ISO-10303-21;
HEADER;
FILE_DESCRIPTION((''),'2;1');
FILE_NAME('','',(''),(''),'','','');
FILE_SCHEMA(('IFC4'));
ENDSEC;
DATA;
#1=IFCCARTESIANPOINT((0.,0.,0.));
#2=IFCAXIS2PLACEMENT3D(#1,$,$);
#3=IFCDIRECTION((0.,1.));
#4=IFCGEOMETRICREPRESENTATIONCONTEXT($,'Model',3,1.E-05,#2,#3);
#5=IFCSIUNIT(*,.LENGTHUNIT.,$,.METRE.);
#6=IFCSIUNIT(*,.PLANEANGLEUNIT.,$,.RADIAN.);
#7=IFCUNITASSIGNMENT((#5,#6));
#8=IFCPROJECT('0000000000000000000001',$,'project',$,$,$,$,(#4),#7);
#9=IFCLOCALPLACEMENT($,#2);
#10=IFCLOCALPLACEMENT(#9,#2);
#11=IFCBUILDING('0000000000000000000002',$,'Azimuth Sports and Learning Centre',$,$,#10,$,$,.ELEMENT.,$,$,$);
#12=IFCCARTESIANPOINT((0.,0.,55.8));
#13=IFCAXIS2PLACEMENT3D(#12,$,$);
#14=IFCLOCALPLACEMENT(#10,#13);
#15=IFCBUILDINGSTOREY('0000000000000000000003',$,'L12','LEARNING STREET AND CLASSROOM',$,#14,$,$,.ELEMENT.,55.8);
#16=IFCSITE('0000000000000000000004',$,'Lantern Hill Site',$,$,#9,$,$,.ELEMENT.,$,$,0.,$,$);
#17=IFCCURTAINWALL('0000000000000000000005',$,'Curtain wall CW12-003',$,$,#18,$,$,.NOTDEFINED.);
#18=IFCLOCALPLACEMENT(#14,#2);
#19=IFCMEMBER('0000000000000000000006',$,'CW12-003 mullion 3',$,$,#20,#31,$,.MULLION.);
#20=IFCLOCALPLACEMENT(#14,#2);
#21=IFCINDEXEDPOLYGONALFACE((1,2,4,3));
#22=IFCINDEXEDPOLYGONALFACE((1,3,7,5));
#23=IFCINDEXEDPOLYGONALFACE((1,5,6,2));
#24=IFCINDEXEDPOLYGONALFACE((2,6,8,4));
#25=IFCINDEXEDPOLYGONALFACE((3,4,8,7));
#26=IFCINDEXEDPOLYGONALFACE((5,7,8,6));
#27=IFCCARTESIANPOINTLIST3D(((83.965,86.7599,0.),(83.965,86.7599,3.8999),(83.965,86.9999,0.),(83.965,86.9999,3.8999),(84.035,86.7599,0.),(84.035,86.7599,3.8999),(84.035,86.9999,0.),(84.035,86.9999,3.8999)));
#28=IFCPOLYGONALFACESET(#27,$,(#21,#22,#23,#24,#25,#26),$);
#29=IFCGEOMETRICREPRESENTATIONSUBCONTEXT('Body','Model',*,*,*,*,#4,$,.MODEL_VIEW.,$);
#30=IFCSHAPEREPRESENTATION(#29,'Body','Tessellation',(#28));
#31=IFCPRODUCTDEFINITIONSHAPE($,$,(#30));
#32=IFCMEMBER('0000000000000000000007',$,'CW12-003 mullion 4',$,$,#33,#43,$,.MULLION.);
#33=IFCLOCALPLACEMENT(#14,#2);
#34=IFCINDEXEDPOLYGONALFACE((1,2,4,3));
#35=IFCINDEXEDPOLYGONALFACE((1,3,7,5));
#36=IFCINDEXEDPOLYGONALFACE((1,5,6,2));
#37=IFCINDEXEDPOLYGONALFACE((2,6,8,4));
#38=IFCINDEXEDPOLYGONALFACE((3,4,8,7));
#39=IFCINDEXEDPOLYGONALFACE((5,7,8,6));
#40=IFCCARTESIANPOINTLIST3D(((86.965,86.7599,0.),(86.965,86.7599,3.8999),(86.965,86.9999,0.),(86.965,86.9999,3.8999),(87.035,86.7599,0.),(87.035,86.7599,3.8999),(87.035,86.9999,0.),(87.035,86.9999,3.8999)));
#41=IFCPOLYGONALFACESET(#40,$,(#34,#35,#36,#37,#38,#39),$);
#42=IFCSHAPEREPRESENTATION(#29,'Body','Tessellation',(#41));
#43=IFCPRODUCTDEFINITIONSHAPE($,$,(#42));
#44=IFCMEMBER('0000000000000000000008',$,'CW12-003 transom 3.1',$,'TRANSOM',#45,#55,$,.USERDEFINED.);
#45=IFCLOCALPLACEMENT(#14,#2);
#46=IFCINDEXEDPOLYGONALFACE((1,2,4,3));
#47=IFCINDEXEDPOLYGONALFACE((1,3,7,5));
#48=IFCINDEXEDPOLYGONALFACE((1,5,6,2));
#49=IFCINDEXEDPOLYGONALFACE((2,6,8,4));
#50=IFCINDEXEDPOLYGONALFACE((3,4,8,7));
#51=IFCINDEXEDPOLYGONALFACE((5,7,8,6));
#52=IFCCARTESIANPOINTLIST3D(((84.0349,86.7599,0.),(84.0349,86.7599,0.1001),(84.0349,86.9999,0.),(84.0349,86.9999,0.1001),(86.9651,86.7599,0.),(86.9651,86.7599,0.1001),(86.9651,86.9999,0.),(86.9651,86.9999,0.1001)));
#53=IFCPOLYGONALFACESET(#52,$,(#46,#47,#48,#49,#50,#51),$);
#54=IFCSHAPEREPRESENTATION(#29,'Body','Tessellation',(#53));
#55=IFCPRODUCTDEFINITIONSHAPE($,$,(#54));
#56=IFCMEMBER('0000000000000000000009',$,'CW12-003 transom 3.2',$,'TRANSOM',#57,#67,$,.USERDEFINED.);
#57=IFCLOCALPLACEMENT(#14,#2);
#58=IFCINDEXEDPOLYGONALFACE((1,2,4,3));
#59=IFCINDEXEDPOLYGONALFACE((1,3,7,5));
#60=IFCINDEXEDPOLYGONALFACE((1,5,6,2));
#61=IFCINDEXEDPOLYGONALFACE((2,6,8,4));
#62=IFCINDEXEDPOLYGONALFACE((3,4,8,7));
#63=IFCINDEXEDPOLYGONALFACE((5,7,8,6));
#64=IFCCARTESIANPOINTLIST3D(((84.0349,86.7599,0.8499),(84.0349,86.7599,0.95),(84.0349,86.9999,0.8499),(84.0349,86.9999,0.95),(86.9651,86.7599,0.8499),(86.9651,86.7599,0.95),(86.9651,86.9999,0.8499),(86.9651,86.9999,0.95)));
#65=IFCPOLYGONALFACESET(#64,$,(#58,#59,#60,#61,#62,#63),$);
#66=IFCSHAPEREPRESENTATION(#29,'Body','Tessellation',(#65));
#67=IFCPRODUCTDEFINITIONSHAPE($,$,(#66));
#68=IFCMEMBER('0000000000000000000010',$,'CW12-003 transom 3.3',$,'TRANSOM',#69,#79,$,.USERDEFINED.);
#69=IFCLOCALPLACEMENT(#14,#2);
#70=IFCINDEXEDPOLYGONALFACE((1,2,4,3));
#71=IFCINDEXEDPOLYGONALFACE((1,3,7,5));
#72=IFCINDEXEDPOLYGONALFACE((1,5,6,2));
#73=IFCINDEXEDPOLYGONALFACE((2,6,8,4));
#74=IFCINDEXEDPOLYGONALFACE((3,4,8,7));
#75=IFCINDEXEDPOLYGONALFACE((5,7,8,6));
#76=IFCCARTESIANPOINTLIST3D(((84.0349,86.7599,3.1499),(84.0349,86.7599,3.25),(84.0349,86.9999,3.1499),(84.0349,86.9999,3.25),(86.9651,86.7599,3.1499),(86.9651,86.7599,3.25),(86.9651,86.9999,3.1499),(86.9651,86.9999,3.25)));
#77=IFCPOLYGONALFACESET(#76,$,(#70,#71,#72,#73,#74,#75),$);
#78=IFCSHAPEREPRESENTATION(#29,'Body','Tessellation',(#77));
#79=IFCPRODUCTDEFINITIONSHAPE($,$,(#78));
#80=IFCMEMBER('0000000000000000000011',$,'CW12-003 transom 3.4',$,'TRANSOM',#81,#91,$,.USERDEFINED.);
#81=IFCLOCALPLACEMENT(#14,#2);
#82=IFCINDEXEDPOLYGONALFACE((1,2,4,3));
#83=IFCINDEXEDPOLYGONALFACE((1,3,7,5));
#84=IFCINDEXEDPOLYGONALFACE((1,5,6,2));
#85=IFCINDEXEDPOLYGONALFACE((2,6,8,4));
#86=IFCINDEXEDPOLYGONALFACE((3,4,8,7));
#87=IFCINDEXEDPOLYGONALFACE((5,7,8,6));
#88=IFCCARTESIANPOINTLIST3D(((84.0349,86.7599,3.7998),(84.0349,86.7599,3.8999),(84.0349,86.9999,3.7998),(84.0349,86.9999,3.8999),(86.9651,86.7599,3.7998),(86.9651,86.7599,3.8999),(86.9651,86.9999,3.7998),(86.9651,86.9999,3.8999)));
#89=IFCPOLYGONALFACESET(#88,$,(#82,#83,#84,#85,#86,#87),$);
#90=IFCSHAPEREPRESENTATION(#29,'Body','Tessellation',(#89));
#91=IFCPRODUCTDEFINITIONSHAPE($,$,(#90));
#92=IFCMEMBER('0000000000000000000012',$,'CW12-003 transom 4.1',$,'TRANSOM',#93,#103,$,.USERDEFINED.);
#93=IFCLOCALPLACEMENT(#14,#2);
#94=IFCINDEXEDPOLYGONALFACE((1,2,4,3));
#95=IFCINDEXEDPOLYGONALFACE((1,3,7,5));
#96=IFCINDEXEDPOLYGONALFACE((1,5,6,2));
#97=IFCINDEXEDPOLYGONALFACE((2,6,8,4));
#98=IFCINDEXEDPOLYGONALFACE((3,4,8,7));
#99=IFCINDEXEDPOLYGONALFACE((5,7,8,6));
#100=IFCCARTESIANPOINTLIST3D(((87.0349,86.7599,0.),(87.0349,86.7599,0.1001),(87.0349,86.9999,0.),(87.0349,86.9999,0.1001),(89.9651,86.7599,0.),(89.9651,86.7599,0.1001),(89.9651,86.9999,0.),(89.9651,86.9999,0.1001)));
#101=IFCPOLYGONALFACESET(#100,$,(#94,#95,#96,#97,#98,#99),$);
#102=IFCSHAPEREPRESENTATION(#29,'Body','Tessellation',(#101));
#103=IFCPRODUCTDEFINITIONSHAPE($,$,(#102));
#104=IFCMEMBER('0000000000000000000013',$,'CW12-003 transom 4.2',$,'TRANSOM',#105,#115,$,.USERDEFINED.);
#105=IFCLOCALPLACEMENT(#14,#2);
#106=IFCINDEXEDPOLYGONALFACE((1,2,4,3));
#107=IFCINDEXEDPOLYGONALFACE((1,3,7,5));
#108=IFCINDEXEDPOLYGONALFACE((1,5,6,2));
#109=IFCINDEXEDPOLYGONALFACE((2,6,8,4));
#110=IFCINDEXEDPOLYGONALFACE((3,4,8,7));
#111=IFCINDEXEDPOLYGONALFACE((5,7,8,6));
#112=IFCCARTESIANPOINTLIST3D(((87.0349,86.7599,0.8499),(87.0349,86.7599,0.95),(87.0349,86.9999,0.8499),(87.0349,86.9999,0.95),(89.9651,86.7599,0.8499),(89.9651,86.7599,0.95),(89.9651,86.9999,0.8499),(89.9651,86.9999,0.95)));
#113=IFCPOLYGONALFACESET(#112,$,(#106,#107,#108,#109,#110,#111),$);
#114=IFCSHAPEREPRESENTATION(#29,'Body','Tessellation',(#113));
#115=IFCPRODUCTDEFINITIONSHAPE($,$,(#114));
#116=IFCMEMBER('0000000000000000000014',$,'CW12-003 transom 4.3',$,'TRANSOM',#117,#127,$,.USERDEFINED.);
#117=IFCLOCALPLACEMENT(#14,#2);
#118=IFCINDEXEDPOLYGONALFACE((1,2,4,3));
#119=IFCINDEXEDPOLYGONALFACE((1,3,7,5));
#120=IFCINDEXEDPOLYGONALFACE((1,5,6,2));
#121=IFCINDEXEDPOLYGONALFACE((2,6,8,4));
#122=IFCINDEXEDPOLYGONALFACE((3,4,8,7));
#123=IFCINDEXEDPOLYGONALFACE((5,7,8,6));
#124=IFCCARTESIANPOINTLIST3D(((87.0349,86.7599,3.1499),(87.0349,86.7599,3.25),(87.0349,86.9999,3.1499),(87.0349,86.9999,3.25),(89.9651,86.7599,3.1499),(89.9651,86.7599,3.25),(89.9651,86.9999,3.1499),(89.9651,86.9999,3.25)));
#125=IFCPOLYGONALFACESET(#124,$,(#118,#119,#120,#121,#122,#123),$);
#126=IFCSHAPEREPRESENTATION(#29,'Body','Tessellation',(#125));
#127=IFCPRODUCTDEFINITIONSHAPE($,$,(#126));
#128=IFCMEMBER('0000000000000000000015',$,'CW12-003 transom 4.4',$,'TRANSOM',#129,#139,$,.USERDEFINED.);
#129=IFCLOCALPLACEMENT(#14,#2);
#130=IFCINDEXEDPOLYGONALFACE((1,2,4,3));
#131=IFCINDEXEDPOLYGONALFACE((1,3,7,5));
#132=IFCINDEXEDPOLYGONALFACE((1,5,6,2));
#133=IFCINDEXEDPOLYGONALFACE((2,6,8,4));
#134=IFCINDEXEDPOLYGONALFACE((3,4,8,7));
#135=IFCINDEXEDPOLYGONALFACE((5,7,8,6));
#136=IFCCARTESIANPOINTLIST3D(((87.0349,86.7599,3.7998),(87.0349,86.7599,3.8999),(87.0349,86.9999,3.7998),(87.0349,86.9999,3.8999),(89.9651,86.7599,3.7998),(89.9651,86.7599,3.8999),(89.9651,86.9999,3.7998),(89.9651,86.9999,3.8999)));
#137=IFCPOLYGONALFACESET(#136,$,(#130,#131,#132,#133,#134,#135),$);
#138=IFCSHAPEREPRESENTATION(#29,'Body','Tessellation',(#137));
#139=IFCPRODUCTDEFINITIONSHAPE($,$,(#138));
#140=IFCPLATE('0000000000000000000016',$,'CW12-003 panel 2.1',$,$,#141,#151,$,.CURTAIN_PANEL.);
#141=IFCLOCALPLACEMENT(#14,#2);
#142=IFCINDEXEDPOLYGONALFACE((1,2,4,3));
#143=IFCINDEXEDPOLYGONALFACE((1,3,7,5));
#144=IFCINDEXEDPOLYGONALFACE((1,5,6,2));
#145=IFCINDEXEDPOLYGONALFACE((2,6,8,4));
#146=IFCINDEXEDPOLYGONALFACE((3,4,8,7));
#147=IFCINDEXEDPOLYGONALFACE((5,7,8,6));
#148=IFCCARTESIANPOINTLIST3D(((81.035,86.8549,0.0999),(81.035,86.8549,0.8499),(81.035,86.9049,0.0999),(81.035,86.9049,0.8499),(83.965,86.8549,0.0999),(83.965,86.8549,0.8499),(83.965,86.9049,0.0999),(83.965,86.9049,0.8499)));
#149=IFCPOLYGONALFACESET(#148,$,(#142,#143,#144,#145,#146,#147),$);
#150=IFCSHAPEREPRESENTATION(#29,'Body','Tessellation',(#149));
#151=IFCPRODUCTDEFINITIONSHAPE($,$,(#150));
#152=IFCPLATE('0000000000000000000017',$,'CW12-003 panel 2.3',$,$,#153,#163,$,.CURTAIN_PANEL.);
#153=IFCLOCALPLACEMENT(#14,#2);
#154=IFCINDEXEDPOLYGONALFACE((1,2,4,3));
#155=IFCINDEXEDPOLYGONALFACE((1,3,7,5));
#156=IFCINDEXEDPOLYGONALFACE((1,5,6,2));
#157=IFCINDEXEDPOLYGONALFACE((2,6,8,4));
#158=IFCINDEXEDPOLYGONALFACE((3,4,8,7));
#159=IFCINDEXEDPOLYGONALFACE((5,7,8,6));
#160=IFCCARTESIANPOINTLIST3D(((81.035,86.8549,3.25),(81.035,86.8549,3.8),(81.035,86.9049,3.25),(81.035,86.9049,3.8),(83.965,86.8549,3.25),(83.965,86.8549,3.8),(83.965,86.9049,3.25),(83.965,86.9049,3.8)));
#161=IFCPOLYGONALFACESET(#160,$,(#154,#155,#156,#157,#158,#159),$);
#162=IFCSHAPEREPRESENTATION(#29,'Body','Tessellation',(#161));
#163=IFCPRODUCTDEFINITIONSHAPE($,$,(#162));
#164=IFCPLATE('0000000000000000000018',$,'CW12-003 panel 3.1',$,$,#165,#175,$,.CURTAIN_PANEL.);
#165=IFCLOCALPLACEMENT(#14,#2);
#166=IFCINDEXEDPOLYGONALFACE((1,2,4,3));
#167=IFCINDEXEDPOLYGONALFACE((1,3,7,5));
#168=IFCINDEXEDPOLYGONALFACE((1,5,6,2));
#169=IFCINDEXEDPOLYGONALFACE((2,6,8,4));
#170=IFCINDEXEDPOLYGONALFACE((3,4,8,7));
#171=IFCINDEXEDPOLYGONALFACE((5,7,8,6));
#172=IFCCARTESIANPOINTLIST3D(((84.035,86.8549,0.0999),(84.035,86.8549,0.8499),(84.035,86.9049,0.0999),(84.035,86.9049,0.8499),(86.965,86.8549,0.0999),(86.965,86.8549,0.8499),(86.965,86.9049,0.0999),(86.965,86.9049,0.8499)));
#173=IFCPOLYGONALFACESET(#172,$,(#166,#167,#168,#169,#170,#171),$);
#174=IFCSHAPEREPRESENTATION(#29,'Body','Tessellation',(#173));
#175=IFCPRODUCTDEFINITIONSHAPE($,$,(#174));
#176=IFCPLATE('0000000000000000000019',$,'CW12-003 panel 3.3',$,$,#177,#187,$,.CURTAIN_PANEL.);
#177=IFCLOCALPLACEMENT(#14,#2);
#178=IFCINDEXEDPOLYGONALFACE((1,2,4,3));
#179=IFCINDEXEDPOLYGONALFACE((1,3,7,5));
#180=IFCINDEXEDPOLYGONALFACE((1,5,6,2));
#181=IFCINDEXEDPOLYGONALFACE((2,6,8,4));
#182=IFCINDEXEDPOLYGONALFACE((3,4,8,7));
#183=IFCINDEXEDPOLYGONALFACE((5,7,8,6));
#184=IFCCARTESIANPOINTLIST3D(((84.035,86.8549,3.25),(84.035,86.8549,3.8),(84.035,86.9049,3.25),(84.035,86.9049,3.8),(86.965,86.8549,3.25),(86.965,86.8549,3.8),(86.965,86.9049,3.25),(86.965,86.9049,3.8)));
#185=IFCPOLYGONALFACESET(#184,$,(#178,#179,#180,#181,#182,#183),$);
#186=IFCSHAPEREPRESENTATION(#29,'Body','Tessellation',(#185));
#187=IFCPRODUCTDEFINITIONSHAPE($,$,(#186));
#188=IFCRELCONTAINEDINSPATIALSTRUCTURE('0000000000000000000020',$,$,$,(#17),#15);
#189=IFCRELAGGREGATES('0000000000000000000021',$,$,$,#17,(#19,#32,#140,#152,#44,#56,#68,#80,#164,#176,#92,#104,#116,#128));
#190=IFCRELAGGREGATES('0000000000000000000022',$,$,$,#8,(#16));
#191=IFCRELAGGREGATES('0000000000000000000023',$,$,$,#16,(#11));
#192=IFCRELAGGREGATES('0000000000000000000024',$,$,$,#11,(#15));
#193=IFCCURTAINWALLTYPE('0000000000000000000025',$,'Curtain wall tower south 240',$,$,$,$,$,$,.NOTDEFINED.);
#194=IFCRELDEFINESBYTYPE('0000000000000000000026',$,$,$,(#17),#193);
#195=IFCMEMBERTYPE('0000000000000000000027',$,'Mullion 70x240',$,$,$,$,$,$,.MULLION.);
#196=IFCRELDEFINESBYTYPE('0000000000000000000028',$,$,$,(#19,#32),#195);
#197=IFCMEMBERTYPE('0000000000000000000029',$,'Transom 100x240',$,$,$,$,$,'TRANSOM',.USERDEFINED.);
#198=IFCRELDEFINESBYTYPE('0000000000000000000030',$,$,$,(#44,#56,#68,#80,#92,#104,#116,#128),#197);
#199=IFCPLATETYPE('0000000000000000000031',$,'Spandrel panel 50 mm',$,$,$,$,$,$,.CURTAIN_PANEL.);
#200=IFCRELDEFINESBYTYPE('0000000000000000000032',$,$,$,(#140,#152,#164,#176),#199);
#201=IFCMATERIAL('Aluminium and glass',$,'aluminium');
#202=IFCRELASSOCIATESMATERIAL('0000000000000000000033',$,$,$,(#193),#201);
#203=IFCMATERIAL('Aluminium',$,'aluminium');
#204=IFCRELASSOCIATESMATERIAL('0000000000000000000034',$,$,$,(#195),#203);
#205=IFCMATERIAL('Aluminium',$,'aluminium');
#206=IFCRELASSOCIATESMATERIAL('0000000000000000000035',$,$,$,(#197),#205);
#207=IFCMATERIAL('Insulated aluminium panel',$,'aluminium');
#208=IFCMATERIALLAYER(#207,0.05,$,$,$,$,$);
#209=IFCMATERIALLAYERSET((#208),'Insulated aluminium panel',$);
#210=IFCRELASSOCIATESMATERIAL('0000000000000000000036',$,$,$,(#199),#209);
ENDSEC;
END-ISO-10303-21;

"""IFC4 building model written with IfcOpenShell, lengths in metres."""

from ifc_helpers import new_model, si_unit, direction, frame, origin, origin_2d, place, context, subcontext, project, spatial, rectangle, extrude, material, layer, layer_set, material_profile, profile_set, type_object, element, aggregate, save


model = new_model("IFC4")

# Units and contexts
model_context = context("Model", 3, precision=1e-05, world=origin(), true_north=direction((0.0, 1.0)))
body_context = subcontext(model_context, "Body", "Model", "MODEL_VIEW")
ifc_project = project(units=[si_unit("LENGTHUNIT", "METRE"), si_unit("PLANEANGLEUNIT", "RADIAN")], contexts=[model_context])

# Site, building, storey
site_placement = place(None, origin())
site = spatial("IfcSite", under=ifc_project, at=site_placement, Name="Lantern Hill Site", CompositionType="ELEMENT", RefElevation=0.0)
building_placement = place(site_placement, origin())
building = spatial("IfcBuilding", under=site, at=building_placement, Name="Azimuth Sports and Learning Centre", CompositionType="ELEMENT")
storey_placement = place(building_placement, frame((0.0, 0.0, 55.8)))
storey = spatial("IfcBuildingStorey", under=building, at=storey_placement, Name="L12", Description="LEARNING STREET AND CLASSROOM", CompositionType="ELEMENT", Elevation=55.8)

# Curtain wall, members, plates
ifc_material_1 = material(Name="Aluminium and glass", Category="aluminium")
curtain_wall_type = type_object("IfcCurtainWallType", Name="Curtain wall tower south 240", PredefinedType="NOTDEFINED", material=ifc_material_1)
curtain_wall_placement = place(storey_placement, origin())
curtain_wall = element("IfcCurtainWall", 1, at=curtain_wall_placement, inside=storey, type_object=curtain_wall_type, Name="Curtain wall CW12-003", PredefinedType="NOTDEFINED")
ifc_material_2 = material(Name="Aluminium", Category="aluminium")
ifc_material_profile_1 = material_profile(ifc_material_2, rectangle(XDim=0.24, YDim=0.0701, at=origin_2d()), Name="Mullion 70x240")
ifc_profile_set_1 = profile_set([ifc_material_profile_1], Name="Aluminium")
member_type_1 = type_object("IfcMemberType", Name="Mullion 70x240", PredefinedType="MULLION", material=ifc_profile_set_1)
member_1_placement = place(storey_placement, frame((84.0, 86.8799, 0.0), z_axis=(0.0, 0.0, 1.0), x_axis=(0.0, 1.0, 0.0)))
member_1 = element("IfcMember", 2, at=member_1_placement, type_object=member_type_1, Name="CW12-003 mullion 3", PredefinedType="MULLION", context=body_context, shape_type="SweptSolid", body=[
    extrude(rectangle(XDim=0.24, YDim=0.0701, at=origin_2d()), origin(), (0.0, 0.0, 1.0), 3.8999),
])
member_2_placement = place(storey_placement, frame((87.0, 86.8799, 0.0), z_axis=(0.0, 0.0, 1.0), x_axis=(0.0, 1.0, 0.0)))
member_2 = element("IfcMember", 3, at=member_2_placement, type_object=member_type_1, Name="CW12-003 mullion 4", PredefinedType="MULLION", context=body_context, shape_type="SweptSolid", body=[
    extrude(rectangle(XDim=0.24, YDim=0.0701, at=origin_2d()), origin(), (0.0, 0.0, 1.0), 3.8999),
])
ifc_material_3 = material(Name="Aluminium", Category="aluminium")
ifc_material_profile_2 = material_profile(ifc_material_3, rectangle(XDim=0.24, YDim=0.1001, at=origin_2d()), Name="Transom 100x240")
ifc_profile_set_2 = profile_set([ifc_material_profile_2], Name="Aluminium")
member_type_2 = type_object("IfcMemberType", Name="Transom 100x240", ElementType="TRANSOM", PredefinedType="USERDEFINED", material=ifc_profile_set_2)
member_3_placement = place(storey_placement, frame((84.0349, 86.8799, 0.05), z_axis=(1.0, 0.0, 0.0), x_axis=(0.0, 1.0, 0.0)))
member_3 = element("IfcMember", 4, at=member_3_placement, type_object=member_type_2, Name="CW12-003 transom 3.1", ObjectType="TRANSOM", PredefinedType="USERDEFINED", context=body_context, shape_type="SweptSolid", body=[
    extrude(rectangle(XDim=0.24, YDim=0.1001, at=origin_2d()), origin(), (0.0, 0.0, 1.0), 2.9302),
])
member_4_placement = place(storey_placement, frame((84.0349, 86.8799, 0.8999), z_axis=(1.0, 0.0, 0.0), x_axis=(0.0, 1.0, 0.0)))
member_4 = element("IfcMember", 5, at=member_4_placement, type_object=member_type_2, Name="CW12-003 transom 3.2", ObjectType="TRANSOM", PredefinedType="USERDEFINED", context=body_context, shape_type="SweptSolid", body=[
    extrude(rectangle(XDim=0.24, YDim=0.1001, at=origin_2d()), origin(), (0.0, 0.0, 1.0), 2.9302),
])
member_5_placement = place(storey_placement, frame((84.0349, 86.8799, 3.2), z_axis=(1.0, 0.0, 0.0), x_axis=(0.0, 1.0, 0.0)))
member_5 = element("IfcMember", 6, at=member_5_placement, type_object=member_type_2, Name="CW12-003 transom 3.3", ObjectType="TRANSOM", PredefinedType="USERDEFINED", context=body_context, shape_type="SweptSolid", body=[
    extrude(rectangle(XDim=0.24, YDim=0.1001, at=origin_2d()), origin(), (0.0, 0.0, 1.0), 2.9302),
])
member_6_placement = place(storey_placement, frame((84.0349, 86.8799, 3.8499), z_axis=(1.0, 0.0, 0.0), x_axis=(0.0, 1.0, 0.0)))
member_6 = element("IfcMember", 7, at=member_6_placement, type_object=member_type_2, Name="CW12-003 transom 3.4", ObjectType="TRANSOM", PredefinedType="USERDEFINED", context=body_context, shape_type="SweptSolid", body=[
    extrude(rectangle(XDim=0.24, YDim=0.1001, at=origin_2d()), origin(), (0.0, 0.0, 1.0), 2.9302),
])
member_7_placement = place(storey_placement, frame((87.0349, 86.8799, 0.05), z_axis=(1.0, 0.0, 0.0), x_axis=(0.0, 1.0, 0.0)))
member_7 = element("IfcMember", 8, at=member_7_placement, type_object=member_type_2, Name="CW12-003 transom 4.1", ObjectType="TRANSOM", PredefinedType="USERDEFINED", context=body_context, shape_type="SweptSolid", body=[
    extrude(rectangle(XDim=0.24, YDim=0.1001, at=origin_2d()), origin(), (0.0, 0.0, 1.0), 2.9302),
])
member_8_placement = place(storey_placement, frame((87.0349, 86.8799, 0.8999), z_axis=(1.0, 0.0, 0.0), x_axis=(0.0, 1.0, 0.0)))
member_8 = element("IfcMember", 9, at=member_8_placement, type_object=member_type_2, Name="CW12-003 transom 4.2", ObjectType="TRANSOM", PredefinedType="USERDEFINED", context=body_context, shape_type="SweptSolid", body=[
    extrude(rectangle(XDim=0.24, YDim=0.1001, at=origin_2d()), origin(), (0.0, 0.0, 1.0), 2.9302),
])
member_9_placement = place(storey_placement, frame((87.0349, 86.8799, 3.2), z_axis=(1.0, 0.0, 0.0), x_axis=(0.0, 1.0, 0.0)))
member_9 = element("IfcMember", 10, at=member_9_placement, type_object=member_type_2, Name="CW12-003 transom 4.3", ObjectType="TRANSOM", PredefinedType="USERDEFINED", context=body_context, shape_type="SweptSolid", body=[
    extrude(rectangle(XDim=0.24, YDim=0.1001, at=origin_2d()), origin(), (0.0, 0.0, 1.0), 2.9302),
])
member_10_placement = place(storey_placement, frame((87.0349, 86.8799, 3.8499), z_axis=(1.0, 0.0, 0.0), x_axis=(0.0, 1.0, 0.0)))
member_10 = element("IfcMember", 11, at=member_10_placement, type_object=member_type_2, Name="CW12-003 transom 4.4", ObjectType="TRANSOM", PredefinedType="USERDEFINED", context=body_context, shape_type="SweptSolid", body=[
    extrude(rectangle(XDim=0.24, YDim=0.1001, at=origin_2d()), origin(), (0.0, 0.0, 1.0), 2.9302),
])
ifc_material_4 = material(Name="Insulated aluminium panel", Category="aluminium")
ifc_layer_1 = layer(ifc_material_4, 0.05)
ifc_layer_set_1 = layer_set([ifc_layer_1], Name="Insulated aluminium panel")
plate_type_1 = type_object("IfcPlateType", Name="Spandrel panel 50 mm", PredefinedType="CURTAIN_PANEL", material=ifc_layer_set_1)
plate_1_placement = place(storey_placement, frame((82.5, 86.8799, 0.0999), z_axis=(0.0, 0.0, 1.0), x_axis=(1.0, 0.0, 0.0)))
plate_1 = element("IfcPlate", 12, at=plate_1_placement, type_object=plate_type_1, Name="CW12-003 panel 2.1", PredefinedType="CURTAIN_PANEL", context=body_context, shape_type="SweptSolid", body=[
    extrude(rectangle(XDim=2.9299, YDim=0.05, at=origin_2d()), origin(), (0.0, 0.0, 1.0), 0.75),
])
plate_2_placement = place(storey_placement, frame((82.5, 86.8799, 3.25), z_axis=(0.0, 0.0, 1.0), x_axis=(1.0, 0.0, 0.0)))
plate_2 = element("IfcPlate", 13, at=plate_2_placement, type_object=plate_type_1, Name="CW12-003 panel 2.3", PredefinedType="CURTAIN_PANEL", context=body_context, shape_type="SweptSolid", body=[
    extrude(rectangle(XDim=2.9299, YDim=0.05, at=origin_2d()), origin(), (0.0, 0.0, 1.0), 0.55),
])
plate_3_placement = place(storey_placement, frame((85.5, 86.8799, 0.0999), z_axis=(0.0, 0.0, 1.0), x_axis=(1.0, 0.0, 0.0)))
plate_3 = element("IfcPlate", 14, at=plate_3_placement, type_object=plate_type_1, Name="CW12-003 panel 3.1", PredefinedType="CURTAIN_PANEL", context=body_context, shape_type="SweptSolid", body=[
    extrude(rectangle(XDim=2.9299, YDim=0.05, at=origin_2d()), origin(), (0.0, 0.0, 1.0), 0.75),
])
plate_4_placement = place(storey_placement, frame((85.5, 86.8799, 3.25), z_axis=(0.0, 0.0, 1.0), x_axis=(1.0, 0.0, 0.0)))
plate_4 = element("IfcPlate", 15, at=plate_4_placement, type_object=plate_type_1, Name="CW12-003 panel 3.3", PredefinedType="CURTAIN_PANEL", context=body_context, shape_type="SweptSolid", body=[
    extrude(rectangle(XDim=2.9299, YDim=0.05, at=origin_2d()), origin(), (0.0, 0.0, 1.0), 0.55),
])
aggregate(curtain_wall, [member_1, member_2, plate_1, plate_2, member_3, member_4, member_5, member_6, plate_3, plate_4, member_7, member_8, member_9, member_10])

save(model, "model.ifc")
